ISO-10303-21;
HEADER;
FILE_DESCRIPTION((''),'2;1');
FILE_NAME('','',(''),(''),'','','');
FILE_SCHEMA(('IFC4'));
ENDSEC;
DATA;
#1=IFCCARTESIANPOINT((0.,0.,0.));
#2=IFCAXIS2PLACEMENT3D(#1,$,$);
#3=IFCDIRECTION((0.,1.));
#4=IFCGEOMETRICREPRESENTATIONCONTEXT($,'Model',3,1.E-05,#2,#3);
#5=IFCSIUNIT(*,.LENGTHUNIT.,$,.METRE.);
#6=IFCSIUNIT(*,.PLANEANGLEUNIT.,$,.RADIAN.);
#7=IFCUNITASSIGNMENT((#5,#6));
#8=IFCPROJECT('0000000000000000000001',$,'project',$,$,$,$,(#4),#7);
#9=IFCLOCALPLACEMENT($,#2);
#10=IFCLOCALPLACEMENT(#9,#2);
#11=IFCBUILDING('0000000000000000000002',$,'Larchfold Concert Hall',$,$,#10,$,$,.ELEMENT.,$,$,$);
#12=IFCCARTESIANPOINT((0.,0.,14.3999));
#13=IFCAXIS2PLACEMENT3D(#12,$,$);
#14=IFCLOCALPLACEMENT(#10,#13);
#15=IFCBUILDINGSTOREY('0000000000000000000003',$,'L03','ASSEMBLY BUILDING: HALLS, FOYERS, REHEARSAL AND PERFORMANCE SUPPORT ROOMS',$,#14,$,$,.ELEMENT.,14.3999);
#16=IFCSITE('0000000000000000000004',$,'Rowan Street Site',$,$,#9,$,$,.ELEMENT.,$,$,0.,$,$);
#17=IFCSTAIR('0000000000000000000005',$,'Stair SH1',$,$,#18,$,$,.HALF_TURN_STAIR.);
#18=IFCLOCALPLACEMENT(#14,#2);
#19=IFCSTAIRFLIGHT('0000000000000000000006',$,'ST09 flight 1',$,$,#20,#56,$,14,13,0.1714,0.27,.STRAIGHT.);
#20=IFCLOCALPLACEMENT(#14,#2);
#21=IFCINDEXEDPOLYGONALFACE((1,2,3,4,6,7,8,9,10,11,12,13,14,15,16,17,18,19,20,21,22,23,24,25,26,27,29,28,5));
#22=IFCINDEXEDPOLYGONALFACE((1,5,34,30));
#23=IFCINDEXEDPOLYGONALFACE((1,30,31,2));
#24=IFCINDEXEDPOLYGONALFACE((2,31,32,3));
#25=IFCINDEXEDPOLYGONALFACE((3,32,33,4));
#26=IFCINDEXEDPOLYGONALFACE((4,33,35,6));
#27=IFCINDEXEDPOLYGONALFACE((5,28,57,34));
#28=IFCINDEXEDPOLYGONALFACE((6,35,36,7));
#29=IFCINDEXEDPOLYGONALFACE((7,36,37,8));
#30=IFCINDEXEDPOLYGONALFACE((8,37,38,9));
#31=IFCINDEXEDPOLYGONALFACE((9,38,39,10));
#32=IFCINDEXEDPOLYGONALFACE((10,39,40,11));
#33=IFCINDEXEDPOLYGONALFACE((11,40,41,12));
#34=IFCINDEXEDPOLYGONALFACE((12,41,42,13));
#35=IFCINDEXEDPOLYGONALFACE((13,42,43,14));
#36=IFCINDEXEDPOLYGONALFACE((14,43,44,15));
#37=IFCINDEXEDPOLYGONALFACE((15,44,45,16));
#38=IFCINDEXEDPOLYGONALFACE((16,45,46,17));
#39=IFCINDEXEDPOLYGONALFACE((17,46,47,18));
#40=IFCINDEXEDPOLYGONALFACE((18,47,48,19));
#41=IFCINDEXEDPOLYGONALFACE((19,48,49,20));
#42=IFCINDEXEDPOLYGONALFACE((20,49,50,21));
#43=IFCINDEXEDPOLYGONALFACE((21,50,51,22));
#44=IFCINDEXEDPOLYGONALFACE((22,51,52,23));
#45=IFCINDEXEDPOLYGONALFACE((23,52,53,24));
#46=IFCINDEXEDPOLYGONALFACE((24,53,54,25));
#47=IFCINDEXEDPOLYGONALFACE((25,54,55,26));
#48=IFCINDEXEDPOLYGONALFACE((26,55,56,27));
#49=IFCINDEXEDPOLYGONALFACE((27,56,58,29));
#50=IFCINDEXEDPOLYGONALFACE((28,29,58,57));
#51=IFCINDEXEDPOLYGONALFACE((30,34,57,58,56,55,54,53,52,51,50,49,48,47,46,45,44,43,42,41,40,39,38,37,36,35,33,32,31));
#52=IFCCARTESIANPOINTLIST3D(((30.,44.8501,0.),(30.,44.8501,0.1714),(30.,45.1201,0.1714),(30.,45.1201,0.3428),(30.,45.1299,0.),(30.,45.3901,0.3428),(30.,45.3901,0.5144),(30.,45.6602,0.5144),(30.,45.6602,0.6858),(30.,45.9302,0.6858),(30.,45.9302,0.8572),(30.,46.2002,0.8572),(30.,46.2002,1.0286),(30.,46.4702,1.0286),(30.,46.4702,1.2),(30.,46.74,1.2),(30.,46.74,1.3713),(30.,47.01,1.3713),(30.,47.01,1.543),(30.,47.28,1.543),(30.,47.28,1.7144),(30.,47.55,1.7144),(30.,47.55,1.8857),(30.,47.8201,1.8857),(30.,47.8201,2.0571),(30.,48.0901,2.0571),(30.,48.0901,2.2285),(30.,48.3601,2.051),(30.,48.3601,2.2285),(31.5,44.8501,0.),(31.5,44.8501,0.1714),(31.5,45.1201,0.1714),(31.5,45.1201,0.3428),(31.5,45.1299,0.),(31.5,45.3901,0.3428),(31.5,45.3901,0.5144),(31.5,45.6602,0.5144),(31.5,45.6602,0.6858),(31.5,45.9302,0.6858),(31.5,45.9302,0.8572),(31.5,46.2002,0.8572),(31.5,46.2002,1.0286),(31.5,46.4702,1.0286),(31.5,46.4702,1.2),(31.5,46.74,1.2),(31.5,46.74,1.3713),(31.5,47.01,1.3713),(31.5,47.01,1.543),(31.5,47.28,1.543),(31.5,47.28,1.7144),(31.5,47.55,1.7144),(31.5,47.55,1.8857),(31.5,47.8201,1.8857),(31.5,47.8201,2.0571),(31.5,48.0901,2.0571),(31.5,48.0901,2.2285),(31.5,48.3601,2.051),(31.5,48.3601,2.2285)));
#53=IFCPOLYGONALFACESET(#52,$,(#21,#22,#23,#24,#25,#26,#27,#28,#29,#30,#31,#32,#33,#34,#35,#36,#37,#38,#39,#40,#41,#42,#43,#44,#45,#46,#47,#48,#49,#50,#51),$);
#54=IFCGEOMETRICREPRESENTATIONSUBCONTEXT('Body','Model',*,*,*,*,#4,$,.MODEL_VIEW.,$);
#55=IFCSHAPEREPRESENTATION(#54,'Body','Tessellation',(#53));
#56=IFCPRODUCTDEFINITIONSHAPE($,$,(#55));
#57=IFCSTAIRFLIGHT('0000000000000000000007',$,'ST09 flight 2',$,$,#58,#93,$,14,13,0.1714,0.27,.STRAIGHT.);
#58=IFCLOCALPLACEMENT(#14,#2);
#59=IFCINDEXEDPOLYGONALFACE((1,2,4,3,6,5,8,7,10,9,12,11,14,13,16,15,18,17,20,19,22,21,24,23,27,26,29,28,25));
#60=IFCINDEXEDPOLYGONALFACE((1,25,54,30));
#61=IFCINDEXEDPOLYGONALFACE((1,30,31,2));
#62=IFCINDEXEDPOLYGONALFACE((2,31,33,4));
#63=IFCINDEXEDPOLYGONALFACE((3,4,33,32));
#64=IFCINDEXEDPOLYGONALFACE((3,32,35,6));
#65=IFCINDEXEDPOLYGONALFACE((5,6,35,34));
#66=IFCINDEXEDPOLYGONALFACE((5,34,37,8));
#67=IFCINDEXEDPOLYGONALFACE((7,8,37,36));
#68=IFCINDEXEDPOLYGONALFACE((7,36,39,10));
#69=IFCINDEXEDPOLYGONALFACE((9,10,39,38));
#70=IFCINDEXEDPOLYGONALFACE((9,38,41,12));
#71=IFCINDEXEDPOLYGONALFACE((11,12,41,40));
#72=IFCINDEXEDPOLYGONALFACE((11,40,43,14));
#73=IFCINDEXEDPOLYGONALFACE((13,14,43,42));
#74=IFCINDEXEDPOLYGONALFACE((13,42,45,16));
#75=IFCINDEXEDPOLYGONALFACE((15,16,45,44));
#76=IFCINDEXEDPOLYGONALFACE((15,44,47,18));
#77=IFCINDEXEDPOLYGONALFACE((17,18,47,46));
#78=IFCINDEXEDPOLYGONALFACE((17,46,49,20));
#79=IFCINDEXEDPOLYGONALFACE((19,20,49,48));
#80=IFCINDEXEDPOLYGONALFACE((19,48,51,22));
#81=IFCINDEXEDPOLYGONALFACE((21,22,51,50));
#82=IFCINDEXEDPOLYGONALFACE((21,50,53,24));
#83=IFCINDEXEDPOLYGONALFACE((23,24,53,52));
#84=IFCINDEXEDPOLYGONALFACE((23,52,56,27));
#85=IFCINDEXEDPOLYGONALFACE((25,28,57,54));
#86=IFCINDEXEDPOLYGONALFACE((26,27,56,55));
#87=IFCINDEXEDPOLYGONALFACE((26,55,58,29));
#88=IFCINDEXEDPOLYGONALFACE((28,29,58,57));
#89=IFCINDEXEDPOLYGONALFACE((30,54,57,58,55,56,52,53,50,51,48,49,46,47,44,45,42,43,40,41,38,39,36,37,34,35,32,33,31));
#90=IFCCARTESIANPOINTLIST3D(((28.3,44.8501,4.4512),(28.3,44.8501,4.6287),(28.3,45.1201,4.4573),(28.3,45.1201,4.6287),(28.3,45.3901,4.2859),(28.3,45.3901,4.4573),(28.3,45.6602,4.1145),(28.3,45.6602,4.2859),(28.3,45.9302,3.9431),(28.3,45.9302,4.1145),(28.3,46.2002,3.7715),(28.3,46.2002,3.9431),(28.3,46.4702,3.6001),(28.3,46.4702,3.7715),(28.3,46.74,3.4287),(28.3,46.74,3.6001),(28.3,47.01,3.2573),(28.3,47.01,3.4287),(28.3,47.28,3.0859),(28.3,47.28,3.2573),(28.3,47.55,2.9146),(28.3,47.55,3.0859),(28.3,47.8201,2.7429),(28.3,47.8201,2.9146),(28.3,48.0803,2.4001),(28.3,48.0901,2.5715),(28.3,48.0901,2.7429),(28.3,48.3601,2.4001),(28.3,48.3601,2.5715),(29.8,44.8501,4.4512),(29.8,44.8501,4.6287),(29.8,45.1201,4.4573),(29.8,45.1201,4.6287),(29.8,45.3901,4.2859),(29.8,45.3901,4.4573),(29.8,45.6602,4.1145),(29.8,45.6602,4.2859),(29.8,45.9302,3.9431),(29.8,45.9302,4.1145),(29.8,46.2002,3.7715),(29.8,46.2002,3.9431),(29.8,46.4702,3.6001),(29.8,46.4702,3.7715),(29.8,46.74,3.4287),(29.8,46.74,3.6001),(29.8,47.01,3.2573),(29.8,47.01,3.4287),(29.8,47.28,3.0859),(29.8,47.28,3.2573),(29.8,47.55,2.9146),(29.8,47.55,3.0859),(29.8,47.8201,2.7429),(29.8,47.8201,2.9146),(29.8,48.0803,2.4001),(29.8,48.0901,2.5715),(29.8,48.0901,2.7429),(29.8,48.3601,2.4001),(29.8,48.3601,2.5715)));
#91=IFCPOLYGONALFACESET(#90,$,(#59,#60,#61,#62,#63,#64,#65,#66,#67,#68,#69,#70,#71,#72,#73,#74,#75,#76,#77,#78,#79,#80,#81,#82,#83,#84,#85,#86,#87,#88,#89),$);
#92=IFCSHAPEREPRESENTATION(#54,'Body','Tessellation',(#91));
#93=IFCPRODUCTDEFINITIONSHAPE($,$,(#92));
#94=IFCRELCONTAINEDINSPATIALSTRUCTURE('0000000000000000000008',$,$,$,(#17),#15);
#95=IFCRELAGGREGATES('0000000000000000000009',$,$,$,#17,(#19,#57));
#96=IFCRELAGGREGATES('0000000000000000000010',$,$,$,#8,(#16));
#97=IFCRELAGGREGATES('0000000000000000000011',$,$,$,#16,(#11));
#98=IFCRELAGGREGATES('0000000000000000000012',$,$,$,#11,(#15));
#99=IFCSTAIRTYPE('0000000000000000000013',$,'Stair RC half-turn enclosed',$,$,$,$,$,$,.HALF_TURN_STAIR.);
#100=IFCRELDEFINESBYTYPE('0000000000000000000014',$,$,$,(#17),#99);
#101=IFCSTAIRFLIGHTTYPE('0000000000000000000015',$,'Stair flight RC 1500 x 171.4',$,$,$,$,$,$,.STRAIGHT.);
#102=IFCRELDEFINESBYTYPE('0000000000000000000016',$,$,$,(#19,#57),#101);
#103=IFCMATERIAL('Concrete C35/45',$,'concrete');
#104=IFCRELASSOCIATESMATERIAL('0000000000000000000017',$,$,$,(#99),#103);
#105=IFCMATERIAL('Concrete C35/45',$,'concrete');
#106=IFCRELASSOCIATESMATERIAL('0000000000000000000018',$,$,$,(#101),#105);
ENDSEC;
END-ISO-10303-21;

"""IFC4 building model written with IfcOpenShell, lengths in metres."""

from ifc_helpers import new_model, si_unit, direction, frame, origin, place, context, subcontext, project, spatial, polyline, outline, extrude, material, type_object, element, aggregate, save


model = new_model("IFC4")

# Units and contexts
model_context = context("Model", 3, precision=1e-05, world=origin(), true_north=direction((0.0, 1.0)))
body_context = subcontext(model_context, "Body", "Model", "MODEL_VIEW")
ifc_project = project(units=[si_unit("LENGTHUNIT", "METRE"), si_unit("PLANEANGLEUNIT", "RADIAN")], contexts=[model_context])

# Site, building, storey
site_placement = place(None, origin())
site = spatial("IfcSite", under=ifc_project, at=site_placement, Name="Rowan Street Site", CompositionType="ELEMENT", RefElevation=0.0)
building_placement = place(site_placement, origin())
building = spatial("IfcBuilding", under=site, at=building_placement, Name="Larchfold Concert Hall", CompositionType="ELEMENT")
storey_placement = place(building_placement, frame((0.0, 0.0, 14.3999)))
storey = spatial("IfcBuildingStorey", under=building, at=storey_placement, Name="L03", Description="ASSEMBLY BUILDING: HALLS, FOYERS, REHEARSAL AND PERFORMANCE SUPPORT ROOMS", CompositionType="ELEMENT", Elevation=14.3999)

# Stair, stair flights
ifc_material_1 = material(Name="Concrete C35/45", Category="concrete")
stair_type = type_object("IfcStairType", Name="Stair RC half-turn enclosed", PredefinedType="HALF_TURN_STAIR", material=ifc_material_1)
stair_placement = place(storey_placement, origin())
stair = element("IfcStair", 1, at=stair_placement, inside=storey, type_object=stair_type, Name="Stair SH1", PredefinedType="HALF_TURN_STAIR")
ifc_material_2 = material(Name="Concrete C35/45", Category="concrete")
stair_flight_type = type_object("IfcStairFlightType", Name="Stair flight RC 1500 x 171.4", PredefinedType="STRAIGHT", material=ifc_material_2)
stair_flight_1_placement = place(storey_placement, frame((30.75, 44.8501, 0.0), z_axis=(0.0, 0.0, 1.0), x_axis=(0.0, 1.0, 0.0)))
stair_flight_1 = element("IfcStairFlight", 2, at=stair_flight_1_placement, type_object=stair_flight_type, Name="ST09 flight 1", NumberOfRisers=14, NumberOfTreads=13, PredefinedType="STRAIGHT", RiserHeight=0.1714, TreadLength=0.27, context=body_context, shape_type="SweptSolid", body=[
    extrude(outline(polyline([(0.0, 0.0), (0.0, 0.1714), (0.27, 0.1714), (0.27, 0.3428), (0.54, 0.3428), (0.54, 0.5144), (0.8101, 0.5144), (0.8101, 0.6858), (1.0801, 0.6858), (1.0801, 0.8572), (1.3501, 0.8572), (1.3501, 1.0286), (1.6201, 1.0286), (1.6201, 1.2), (1.8899, 1.2), (1.8899, 1.3713), (2.1599, 1.3713), (2.1599, 1.543), (2.4299, 1.543), (2.4299, 1.7144), (2.7, 1.7144), (2.7, 1.8857), (2.97, 1.8857), (2.97, 2.0571), (3.24, 2.0571), (3.24, 2.2285), (3.51, 2.2285), (3.51, 2.3999), (3.51, 2.051), (0.2798, 0.0), (0.0, 0.0)])), frame((0.0, 0.75, 0.0), z_axis=(0.0, -1.0, 0.0), x_axis=(1.0, 0.0, 0.0)), (0.0, 0.0, 1.0), 1.5),
])
stair_flight_2_placement = place(storey_placement, frame((29.05, 48.3601, 2.4001), z_axis=(0.0, 0.0, 1.0), x_axis=(0.0, -1.0, 0.0)))
stair_flight_2 = element("IfcStairFlight", 3, at=stair_flight_2_placement, type_object=stair_flight_type, Name="ST09 flight 2", NumberOfRisers=14, NumberOfTreads=13, PredefinedType="STRAIGHT", RiserHeight=0.1714, TreadLength=0.27, context=body_context, shape_type="SweptSolid", body=[
    extrude(outline(polyline([(0.0, 0.0), (0.0, 0.1714), (0.27, 0.1714), (0.27, 0.3428), (0.54, 0.3428), (0.54, 0.5144), (0.8101, 0.5144), (0.8101, 0.6858), (1.0801, 0.6858), (1.0801, 0.8572), (1.3501, 0.8572), (1.3501, 1.0286), (1.6201, 1.0286), (1.6201, 1.2), (1.8899, 1.2), (1.8899, 1.3713), (2.1599, 1.3713), (2.1599, 1.543), (2.4299, 1.543), (2.4299, 1.7144), (2.7, 1.7144), (2.7, 1.8857), (2.97, 1.8857), (2.97, 2.0571), (3.24, 2.0571), (3.24, 2.2285), (3.51, 2.2285), (3.51, 2.3999), (3.51, 2.051), (0.2798, 0.0), (0.0, 0.0)])), frame((0.0, 0.75, 0.0), z_axis=(0.0, -1.0, 0.0), x_axis=(1.0, 0.0, 0.0)), (0.0, 0.0, 1.0), 1.5),
])
aggregate(stair, [stair_flight_1, stair_flight_2])

save(model, "model.ifc")
